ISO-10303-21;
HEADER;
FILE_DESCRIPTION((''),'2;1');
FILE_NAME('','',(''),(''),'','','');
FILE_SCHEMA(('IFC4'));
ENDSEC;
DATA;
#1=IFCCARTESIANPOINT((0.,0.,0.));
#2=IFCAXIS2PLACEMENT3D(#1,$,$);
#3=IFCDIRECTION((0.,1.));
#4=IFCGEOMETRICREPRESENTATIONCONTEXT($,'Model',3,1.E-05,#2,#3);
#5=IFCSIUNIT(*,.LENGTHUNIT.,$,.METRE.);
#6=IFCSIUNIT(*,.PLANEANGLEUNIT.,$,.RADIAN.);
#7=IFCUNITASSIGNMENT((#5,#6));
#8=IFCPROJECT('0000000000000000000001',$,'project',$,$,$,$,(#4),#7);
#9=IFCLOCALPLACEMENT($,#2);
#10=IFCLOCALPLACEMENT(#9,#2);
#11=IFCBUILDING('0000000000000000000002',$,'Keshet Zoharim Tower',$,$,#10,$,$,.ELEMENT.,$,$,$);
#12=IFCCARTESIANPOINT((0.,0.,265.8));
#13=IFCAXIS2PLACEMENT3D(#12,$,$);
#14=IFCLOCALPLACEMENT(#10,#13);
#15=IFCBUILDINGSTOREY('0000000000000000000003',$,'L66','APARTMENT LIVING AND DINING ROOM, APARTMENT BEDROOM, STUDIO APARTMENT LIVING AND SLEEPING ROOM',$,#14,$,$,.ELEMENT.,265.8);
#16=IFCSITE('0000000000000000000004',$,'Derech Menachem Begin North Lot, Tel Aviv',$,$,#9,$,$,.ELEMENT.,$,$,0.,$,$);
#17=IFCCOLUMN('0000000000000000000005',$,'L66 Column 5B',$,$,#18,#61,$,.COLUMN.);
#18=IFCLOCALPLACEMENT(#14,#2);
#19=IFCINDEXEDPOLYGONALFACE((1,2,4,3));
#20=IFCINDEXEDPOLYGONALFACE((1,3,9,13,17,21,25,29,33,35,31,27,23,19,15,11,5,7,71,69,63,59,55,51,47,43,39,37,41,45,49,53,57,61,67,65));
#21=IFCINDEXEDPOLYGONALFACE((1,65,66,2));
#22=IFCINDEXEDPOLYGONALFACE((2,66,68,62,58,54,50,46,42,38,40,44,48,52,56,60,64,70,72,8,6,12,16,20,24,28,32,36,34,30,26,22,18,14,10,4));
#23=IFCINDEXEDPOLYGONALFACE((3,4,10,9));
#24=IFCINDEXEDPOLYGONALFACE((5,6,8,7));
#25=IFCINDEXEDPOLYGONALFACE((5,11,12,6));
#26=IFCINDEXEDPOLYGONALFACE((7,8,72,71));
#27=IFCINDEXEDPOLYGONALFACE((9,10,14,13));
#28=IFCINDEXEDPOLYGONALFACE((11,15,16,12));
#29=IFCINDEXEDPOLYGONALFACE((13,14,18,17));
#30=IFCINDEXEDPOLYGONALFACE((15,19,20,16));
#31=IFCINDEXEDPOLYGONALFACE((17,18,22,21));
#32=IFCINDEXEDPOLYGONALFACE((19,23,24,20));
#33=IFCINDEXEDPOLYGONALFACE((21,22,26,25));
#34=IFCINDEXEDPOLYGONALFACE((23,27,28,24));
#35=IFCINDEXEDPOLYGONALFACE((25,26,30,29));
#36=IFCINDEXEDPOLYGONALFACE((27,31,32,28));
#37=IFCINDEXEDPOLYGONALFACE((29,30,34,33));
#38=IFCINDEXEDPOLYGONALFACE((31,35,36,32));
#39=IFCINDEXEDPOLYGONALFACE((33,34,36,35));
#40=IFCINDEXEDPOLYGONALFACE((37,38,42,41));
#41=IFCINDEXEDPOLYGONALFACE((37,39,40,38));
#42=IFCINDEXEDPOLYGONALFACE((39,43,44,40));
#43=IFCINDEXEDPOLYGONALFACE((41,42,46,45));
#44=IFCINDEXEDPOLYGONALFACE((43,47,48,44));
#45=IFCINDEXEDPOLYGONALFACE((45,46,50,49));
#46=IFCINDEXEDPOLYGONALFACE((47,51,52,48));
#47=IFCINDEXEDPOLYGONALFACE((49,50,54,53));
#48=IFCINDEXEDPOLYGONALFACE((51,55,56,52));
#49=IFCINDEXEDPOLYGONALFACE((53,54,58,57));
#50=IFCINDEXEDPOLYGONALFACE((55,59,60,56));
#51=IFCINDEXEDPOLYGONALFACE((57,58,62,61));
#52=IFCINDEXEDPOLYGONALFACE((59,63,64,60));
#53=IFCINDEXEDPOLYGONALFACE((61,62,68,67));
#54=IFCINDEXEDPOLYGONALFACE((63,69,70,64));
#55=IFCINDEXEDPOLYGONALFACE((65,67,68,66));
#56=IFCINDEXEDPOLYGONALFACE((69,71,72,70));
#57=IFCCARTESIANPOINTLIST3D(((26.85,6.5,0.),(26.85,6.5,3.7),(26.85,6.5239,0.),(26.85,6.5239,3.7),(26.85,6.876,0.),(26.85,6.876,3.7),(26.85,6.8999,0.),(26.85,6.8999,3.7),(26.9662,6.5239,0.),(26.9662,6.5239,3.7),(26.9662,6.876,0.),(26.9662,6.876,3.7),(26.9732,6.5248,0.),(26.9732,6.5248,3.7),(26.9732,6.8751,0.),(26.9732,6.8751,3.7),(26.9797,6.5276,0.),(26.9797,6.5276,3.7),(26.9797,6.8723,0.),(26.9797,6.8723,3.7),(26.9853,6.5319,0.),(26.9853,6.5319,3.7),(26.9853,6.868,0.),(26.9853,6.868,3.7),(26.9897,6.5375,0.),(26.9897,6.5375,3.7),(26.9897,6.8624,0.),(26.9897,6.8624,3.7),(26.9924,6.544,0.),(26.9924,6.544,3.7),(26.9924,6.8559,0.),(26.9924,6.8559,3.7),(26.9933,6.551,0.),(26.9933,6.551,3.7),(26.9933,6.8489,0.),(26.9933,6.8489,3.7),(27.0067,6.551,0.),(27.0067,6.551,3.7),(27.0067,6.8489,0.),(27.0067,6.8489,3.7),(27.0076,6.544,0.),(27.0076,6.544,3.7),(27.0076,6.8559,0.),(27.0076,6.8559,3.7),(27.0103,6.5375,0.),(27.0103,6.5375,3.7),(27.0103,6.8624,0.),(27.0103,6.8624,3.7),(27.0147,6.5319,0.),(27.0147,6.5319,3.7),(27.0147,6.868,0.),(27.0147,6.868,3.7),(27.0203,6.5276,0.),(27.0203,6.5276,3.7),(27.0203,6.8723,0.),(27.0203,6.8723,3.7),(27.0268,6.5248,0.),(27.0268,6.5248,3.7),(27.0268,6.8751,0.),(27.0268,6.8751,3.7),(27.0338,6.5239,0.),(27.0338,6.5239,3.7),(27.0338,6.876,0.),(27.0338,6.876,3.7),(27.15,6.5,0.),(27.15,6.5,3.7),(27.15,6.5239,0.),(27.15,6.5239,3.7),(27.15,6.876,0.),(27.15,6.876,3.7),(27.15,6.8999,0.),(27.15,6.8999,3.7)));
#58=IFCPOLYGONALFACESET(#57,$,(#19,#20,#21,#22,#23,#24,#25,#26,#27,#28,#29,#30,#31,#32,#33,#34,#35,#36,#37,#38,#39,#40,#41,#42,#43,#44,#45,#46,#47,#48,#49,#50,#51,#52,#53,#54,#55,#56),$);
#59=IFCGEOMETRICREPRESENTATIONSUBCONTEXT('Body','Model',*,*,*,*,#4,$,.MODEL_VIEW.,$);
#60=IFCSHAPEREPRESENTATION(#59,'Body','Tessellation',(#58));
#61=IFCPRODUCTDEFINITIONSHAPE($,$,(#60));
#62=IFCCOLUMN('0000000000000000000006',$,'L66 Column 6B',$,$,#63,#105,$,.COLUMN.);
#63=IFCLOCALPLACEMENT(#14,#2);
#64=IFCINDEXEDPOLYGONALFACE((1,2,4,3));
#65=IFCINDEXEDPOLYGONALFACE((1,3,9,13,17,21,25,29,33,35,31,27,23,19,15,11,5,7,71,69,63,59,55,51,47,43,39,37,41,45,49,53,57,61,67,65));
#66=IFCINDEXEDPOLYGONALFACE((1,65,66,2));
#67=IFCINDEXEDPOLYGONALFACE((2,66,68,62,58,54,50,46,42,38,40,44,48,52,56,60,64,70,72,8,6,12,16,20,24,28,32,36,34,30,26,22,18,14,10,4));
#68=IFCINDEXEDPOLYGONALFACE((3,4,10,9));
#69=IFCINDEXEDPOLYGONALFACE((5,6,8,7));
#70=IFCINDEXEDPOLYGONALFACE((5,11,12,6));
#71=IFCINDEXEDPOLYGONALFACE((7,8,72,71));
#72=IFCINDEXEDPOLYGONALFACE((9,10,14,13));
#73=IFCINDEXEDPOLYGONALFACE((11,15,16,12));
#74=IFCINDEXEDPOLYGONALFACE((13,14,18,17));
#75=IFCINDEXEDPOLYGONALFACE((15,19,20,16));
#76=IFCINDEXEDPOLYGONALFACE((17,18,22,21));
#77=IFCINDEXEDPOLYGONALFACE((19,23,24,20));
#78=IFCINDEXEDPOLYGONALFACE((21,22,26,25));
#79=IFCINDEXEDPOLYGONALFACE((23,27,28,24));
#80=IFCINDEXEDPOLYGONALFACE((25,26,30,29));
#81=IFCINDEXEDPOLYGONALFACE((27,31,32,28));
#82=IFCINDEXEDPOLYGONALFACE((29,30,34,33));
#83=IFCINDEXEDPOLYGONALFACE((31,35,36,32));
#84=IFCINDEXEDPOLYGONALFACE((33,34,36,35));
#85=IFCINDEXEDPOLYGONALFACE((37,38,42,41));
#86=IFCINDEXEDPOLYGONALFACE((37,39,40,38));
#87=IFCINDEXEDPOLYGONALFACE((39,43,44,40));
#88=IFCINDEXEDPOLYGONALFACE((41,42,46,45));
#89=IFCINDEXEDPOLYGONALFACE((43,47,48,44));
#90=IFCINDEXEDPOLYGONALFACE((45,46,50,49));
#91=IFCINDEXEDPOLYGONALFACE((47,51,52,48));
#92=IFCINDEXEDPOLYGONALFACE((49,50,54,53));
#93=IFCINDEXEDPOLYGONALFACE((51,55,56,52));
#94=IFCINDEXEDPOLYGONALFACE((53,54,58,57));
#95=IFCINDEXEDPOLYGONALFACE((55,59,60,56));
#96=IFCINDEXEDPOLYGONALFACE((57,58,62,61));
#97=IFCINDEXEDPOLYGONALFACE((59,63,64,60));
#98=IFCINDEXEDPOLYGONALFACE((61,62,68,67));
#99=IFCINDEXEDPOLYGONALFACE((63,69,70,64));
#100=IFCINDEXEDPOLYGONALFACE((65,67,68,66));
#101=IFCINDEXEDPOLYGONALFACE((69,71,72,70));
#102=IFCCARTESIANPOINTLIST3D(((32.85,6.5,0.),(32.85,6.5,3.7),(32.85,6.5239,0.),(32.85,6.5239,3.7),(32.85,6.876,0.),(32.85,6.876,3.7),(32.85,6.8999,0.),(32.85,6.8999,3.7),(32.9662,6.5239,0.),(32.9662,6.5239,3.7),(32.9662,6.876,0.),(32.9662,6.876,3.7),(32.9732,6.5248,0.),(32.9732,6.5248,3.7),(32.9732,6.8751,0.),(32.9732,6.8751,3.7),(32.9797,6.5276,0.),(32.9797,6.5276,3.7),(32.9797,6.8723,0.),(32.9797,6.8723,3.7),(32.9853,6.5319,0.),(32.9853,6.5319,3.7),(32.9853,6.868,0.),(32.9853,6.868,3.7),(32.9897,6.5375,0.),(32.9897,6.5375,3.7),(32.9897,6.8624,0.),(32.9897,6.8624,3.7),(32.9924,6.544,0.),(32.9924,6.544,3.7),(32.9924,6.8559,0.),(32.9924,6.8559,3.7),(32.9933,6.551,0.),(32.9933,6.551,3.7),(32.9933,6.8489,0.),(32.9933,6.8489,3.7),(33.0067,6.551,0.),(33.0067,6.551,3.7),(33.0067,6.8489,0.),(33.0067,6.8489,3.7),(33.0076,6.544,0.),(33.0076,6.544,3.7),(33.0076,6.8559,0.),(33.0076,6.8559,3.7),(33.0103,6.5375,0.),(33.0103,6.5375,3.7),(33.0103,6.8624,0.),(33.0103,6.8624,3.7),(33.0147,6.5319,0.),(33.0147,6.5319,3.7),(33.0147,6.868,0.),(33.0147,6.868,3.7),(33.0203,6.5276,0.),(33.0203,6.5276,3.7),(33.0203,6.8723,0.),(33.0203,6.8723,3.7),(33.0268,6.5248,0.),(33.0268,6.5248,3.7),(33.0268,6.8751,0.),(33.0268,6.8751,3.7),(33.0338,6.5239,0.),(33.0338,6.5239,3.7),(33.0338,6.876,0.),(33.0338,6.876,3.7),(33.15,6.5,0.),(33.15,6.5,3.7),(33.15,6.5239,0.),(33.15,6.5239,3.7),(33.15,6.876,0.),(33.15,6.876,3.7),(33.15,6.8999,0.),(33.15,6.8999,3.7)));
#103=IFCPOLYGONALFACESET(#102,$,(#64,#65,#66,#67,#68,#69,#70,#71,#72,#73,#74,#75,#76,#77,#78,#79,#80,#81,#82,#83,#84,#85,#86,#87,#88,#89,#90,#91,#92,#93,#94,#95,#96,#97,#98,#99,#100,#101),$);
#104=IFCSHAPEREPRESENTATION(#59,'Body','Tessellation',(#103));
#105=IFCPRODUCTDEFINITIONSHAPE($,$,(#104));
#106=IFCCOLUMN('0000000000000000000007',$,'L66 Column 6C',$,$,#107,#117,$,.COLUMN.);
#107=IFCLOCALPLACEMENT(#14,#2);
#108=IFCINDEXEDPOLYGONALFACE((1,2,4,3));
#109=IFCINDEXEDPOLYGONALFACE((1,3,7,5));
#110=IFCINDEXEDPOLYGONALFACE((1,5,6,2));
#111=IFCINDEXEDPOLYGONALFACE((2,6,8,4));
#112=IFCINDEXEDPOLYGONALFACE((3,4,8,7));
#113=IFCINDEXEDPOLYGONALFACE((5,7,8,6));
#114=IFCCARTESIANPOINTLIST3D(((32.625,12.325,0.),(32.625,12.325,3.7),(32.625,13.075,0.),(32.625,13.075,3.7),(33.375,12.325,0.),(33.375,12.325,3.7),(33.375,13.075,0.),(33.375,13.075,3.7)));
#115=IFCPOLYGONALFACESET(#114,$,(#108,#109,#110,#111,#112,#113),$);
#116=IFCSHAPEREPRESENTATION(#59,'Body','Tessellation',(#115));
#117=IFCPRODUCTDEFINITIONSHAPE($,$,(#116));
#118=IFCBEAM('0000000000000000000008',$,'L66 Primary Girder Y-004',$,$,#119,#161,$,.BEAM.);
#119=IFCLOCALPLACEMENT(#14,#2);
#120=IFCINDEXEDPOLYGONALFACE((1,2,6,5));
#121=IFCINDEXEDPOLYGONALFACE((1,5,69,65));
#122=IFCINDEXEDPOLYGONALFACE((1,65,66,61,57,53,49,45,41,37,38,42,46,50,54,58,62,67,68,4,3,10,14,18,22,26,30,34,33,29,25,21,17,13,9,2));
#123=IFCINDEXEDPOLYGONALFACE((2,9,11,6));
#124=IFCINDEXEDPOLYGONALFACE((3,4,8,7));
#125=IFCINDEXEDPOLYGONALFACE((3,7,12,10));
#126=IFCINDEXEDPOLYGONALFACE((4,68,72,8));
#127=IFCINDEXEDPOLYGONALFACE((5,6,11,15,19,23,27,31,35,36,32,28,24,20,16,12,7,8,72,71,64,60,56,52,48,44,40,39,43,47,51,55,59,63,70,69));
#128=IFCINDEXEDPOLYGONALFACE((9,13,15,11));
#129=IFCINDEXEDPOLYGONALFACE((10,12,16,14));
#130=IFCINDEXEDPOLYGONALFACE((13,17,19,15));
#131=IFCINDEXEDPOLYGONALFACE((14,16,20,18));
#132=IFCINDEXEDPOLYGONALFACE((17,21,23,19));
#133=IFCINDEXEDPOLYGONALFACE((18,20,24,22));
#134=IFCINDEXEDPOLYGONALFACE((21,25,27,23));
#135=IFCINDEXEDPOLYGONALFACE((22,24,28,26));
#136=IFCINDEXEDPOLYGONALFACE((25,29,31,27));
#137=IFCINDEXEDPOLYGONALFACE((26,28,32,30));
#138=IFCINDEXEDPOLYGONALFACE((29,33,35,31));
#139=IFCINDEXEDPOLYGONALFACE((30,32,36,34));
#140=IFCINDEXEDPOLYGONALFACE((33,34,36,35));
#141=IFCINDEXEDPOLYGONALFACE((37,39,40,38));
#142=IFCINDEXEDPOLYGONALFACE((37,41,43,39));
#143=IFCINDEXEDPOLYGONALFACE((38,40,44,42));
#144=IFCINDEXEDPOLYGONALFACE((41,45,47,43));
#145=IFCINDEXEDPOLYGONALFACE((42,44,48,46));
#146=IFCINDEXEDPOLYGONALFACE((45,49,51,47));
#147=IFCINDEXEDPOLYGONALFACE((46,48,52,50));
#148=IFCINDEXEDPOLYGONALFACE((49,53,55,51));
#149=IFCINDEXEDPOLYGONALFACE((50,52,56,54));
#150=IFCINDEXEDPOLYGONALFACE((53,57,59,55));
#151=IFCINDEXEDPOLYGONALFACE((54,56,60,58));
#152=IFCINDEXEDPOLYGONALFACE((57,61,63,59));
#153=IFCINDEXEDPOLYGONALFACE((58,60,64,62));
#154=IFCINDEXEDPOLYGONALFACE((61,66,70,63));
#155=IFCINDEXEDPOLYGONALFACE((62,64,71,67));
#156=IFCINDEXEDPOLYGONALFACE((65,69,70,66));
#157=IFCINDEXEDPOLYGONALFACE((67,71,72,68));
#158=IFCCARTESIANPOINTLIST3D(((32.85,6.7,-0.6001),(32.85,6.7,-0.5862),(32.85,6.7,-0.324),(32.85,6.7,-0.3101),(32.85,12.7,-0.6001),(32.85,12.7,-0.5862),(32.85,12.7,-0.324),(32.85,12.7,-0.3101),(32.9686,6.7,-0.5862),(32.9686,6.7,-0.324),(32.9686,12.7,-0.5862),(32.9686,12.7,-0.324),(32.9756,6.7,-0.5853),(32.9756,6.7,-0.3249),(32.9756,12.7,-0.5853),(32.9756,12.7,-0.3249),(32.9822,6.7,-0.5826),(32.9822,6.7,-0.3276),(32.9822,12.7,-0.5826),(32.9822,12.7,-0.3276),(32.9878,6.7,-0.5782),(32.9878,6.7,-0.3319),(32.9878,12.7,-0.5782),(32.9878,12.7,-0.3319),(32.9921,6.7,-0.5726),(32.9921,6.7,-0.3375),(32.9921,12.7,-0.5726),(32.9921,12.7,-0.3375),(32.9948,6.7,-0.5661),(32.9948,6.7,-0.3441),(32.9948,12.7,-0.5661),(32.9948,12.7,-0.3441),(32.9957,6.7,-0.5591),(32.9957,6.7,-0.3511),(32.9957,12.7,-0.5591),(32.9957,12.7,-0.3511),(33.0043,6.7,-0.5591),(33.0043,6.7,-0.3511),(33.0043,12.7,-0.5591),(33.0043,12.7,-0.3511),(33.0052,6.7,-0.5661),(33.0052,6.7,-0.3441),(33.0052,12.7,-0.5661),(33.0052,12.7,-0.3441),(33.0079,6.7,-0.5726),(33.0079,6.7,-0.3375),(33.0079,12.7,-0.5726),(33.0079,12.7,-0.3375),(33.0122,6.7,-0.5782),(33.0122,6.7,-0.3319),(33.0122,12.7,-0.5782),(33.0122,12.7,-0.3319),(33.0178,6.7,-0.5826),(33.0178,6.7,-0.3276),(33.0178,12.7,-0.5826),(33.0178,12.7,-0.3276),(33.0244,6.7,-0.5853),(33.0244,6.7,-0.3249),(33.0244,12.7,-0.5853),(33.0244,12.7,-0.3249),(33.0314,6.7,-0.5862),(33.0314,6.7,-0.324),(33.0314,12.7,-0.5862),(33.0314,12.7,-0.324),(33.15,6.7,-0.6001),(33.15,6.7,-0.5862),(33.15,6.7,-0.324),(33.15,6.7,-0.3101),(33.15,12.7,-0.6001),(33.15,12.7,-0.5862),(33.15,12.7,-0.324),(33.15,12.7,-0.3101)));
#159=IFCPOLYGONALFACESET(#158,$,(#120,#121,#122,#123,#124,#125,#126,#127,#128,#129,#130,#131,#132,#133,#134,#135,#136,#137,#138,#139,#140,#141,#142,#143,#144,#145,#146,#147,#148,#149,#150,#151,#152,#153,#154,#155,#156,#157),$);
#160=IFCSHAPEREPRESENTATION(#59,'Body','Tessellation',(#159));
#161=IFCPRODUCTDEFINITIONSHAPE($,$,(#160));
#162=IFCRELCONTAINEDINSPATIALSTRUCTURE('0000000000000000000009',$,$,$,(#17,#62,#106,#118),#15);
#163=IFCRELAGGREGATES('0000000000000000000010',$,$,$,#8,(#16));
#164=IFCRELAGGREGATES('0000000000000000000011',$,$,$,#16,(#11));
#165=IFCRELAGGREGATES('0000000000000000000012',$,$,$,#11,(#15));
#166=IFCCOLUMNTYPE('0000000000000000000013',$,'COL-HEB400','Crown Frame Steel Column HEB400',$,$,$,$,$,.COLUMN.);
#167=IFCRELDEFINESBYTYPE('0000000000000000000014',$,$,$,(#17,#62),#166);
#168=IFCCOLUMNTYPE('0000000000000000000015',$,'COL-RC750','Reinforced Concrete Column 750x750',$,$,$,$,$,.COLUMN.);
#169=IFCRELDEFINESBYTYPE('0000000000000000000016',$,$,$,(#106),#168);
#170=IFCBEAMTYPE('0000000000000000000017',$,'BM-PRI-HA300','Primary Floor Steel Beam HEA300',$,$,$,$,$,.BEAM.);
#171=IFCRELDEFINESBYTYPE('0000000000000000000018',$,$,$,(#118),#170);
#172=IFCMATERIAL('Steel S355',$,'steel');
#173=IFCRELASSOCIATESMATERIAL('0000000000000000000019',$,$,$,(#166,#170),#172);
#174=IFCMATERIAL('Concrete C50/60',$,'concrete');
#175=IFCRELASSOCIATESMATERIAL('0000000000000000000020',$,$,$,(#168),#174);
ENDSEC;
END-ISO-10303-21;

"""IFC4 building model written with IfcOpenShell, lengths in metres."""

from ifc_helpers import new_model, si_unit, direction, frame, origin, origin_2d, place, context, subcontext, project, spatial, rectangle, i_section, extrude, material, material_profile, profile_set, type_object, element, save


model = new_model("IFC4")

# Units and contexts
model_context = context("Model", 3, precision=1e-05, world=origin(), true_north=direction((0.0, 1.0)))
body_context = subcontext(model_context, "Body", "Model", "MODEL_VIEW")
ifc_project = project(units=[si_unit("LENGTHUNIT", "METRE"), si_unit("PLANEANGLEUNIT", "RADIAN")], contexts=[model_context])

# Site, building, storey
site_placement = place(None, origin())
site = spatial("IfcSite", under=ifc_project, at=site_placement, Name="Derech Menachem Begin North Lot, Tel Aviv", CompositionType="ELEMENT", RefElevation=0.0)
building_placement = place(site_placement, origin())
building = spatial("IfcBuilding", under=site, at=building_placement, Name="Keshet Zoharim Tower", CompositionType="ELEMENT")
storey_placement = place(building_placement, frame((0.0, 0.0, 265.8)))
storey = spatial("IfcBuildingStorey", under=building, at=storey_placement, Name="L66", Description="APARTMENT LIVING AND DINING ROOM, APARTMENT BEDROOM, STUDIO APARTMENT LIVING AND SLEEPING ROOM", CompositionType="ELEMENT", Elevation=265.8)

# Columns
ifc_material_1 = material(Name="Steel S355", Category="steel")
ifc_material_profile_1 = material_profile(ifc_material_1, i_section(OverallWidth=0.3, OverallDepth=0.3999, WebThickness=0.0134, FlangeThickness=0.0239, FilletRadius=0.0271, at=origin_2d()), Name="HEB400")
ifc_profile_set_1 = profile_set([ifc_material_profile_1], Name="Steel S355")
column_type_1 = type_object("IfcColumnType", Name="COL-HEB400", Description="Crown Frame Steel Column HEB400", PredefinedType="COLUMN", material=ifc_profile_set_1)
for number, where, z_axis, x_axis, name in (
    (1, (27.0, 6.7, 0.0), (0.0, 0.0, 1.0), (1.0, 0.0, 0.0), "L66 Column 5B"),
    (2, (33.0, 6.7, 0.0), (0.0, 0.0, 1.0), (1.0, 0.0, 0.0), "L66 Column 6B"),
):
    element("IfcColumn", number, at=place(storey_placement, frame(where, z_axis=z_axis, x_axis=x_axis)), inside=storey, type_object=column_type_1, Name=name, PredefinedType="COLUMN", context=body_context, shape_type="SweptSolid", body=[
        extrude(i_section(OverallWidth=0.3, OverallDepth=0.3999, WebThickness=0.0134, FlangeThickness=0.0239, FilletRadius=0.0271, at=origin_2d()), origin(), (0.0, 0.0, 1.0), 3.7),
    ])
ifc_material_2 = material(Name="Concrete C50/60", Category="concrete")
ifc_material_profile_2 = material_profile(ifc_material_2, rectangle(XDim=0.75, YDim=0.75, at=origin_2d()), Name="RC750x750")
ifc_profile_set_2 = profile_set([ifc_material_profile_2], Name="Concrete C50/60")
column_type_2 = type_object("IfcColumnType", Name="COL-RC750", Description="Reinforced Concrete Column 750x750", PredefinedType="COLUMN", material=ifc_profile_set_2)
column_placement = place(storey_placement, frame((33.0, 12.7, 0.0), z_axis=(0.0, 0.0, 1.0), x_axis=(1.0, 0.0, 0.0)))
element("IfcColumn", 3, at=column_placement, inside=storey, type_object=column_type_2, Name="L66 Column 6C", PredefinedType="COLUMN", context=body_context, shape_type="SweptSolid", body=[
    extrude(rectangle(XDim=0.75, YDim=0.75, at=origin_2d()), origin(), (0.0, 0.0, 1.0), 3.7),
])

# Beam
ifc_material_profile_3 = material_profile(ifc_material_1, i_section(OverallWidth=0.3, OverallDepth=0.29, WebThickness=0.0085, FlangeThickness=0.0139, FilletRadius=0.0271, at=origin_2d()), Name="HEA300")
ifc_profile_set_3 = profile_set([ifc_material_profile_3], Name="Steel S355")
beam_type_1 = type_object("IfcBeamType", Name="BM-PRI-HA300", Description="Primary Floor Steel Beam HEA300", PredefinedType="BEAM", material=ifc_profile_set_3)
beam_1_placement = place(storey_placement, frame((33.0, 6.7, -0.4551), z_axis=(0.0, 1.0, 0.0), x_axis=(-1.0, 0.0, 0.0)))
element("IfcBeam", 4, at=beam_1_placement, inside=storey, type_object=beam_type_1, Name="L66 Primary Girder Y-004", PredefinedType="BEAM", context=body_context, shape_type="SweptSolid", body=[
    extrude(i_section(OverallWidth=0.3, OverallDepth=0.29, WebThickness=0.0085, FlangeThickness=0.0139, FilletRadius=0.0271, at=origin_2d()), origin(), (0.0, 0.0, 1.0), 6.0),
])

save(model, "model.ifc")
